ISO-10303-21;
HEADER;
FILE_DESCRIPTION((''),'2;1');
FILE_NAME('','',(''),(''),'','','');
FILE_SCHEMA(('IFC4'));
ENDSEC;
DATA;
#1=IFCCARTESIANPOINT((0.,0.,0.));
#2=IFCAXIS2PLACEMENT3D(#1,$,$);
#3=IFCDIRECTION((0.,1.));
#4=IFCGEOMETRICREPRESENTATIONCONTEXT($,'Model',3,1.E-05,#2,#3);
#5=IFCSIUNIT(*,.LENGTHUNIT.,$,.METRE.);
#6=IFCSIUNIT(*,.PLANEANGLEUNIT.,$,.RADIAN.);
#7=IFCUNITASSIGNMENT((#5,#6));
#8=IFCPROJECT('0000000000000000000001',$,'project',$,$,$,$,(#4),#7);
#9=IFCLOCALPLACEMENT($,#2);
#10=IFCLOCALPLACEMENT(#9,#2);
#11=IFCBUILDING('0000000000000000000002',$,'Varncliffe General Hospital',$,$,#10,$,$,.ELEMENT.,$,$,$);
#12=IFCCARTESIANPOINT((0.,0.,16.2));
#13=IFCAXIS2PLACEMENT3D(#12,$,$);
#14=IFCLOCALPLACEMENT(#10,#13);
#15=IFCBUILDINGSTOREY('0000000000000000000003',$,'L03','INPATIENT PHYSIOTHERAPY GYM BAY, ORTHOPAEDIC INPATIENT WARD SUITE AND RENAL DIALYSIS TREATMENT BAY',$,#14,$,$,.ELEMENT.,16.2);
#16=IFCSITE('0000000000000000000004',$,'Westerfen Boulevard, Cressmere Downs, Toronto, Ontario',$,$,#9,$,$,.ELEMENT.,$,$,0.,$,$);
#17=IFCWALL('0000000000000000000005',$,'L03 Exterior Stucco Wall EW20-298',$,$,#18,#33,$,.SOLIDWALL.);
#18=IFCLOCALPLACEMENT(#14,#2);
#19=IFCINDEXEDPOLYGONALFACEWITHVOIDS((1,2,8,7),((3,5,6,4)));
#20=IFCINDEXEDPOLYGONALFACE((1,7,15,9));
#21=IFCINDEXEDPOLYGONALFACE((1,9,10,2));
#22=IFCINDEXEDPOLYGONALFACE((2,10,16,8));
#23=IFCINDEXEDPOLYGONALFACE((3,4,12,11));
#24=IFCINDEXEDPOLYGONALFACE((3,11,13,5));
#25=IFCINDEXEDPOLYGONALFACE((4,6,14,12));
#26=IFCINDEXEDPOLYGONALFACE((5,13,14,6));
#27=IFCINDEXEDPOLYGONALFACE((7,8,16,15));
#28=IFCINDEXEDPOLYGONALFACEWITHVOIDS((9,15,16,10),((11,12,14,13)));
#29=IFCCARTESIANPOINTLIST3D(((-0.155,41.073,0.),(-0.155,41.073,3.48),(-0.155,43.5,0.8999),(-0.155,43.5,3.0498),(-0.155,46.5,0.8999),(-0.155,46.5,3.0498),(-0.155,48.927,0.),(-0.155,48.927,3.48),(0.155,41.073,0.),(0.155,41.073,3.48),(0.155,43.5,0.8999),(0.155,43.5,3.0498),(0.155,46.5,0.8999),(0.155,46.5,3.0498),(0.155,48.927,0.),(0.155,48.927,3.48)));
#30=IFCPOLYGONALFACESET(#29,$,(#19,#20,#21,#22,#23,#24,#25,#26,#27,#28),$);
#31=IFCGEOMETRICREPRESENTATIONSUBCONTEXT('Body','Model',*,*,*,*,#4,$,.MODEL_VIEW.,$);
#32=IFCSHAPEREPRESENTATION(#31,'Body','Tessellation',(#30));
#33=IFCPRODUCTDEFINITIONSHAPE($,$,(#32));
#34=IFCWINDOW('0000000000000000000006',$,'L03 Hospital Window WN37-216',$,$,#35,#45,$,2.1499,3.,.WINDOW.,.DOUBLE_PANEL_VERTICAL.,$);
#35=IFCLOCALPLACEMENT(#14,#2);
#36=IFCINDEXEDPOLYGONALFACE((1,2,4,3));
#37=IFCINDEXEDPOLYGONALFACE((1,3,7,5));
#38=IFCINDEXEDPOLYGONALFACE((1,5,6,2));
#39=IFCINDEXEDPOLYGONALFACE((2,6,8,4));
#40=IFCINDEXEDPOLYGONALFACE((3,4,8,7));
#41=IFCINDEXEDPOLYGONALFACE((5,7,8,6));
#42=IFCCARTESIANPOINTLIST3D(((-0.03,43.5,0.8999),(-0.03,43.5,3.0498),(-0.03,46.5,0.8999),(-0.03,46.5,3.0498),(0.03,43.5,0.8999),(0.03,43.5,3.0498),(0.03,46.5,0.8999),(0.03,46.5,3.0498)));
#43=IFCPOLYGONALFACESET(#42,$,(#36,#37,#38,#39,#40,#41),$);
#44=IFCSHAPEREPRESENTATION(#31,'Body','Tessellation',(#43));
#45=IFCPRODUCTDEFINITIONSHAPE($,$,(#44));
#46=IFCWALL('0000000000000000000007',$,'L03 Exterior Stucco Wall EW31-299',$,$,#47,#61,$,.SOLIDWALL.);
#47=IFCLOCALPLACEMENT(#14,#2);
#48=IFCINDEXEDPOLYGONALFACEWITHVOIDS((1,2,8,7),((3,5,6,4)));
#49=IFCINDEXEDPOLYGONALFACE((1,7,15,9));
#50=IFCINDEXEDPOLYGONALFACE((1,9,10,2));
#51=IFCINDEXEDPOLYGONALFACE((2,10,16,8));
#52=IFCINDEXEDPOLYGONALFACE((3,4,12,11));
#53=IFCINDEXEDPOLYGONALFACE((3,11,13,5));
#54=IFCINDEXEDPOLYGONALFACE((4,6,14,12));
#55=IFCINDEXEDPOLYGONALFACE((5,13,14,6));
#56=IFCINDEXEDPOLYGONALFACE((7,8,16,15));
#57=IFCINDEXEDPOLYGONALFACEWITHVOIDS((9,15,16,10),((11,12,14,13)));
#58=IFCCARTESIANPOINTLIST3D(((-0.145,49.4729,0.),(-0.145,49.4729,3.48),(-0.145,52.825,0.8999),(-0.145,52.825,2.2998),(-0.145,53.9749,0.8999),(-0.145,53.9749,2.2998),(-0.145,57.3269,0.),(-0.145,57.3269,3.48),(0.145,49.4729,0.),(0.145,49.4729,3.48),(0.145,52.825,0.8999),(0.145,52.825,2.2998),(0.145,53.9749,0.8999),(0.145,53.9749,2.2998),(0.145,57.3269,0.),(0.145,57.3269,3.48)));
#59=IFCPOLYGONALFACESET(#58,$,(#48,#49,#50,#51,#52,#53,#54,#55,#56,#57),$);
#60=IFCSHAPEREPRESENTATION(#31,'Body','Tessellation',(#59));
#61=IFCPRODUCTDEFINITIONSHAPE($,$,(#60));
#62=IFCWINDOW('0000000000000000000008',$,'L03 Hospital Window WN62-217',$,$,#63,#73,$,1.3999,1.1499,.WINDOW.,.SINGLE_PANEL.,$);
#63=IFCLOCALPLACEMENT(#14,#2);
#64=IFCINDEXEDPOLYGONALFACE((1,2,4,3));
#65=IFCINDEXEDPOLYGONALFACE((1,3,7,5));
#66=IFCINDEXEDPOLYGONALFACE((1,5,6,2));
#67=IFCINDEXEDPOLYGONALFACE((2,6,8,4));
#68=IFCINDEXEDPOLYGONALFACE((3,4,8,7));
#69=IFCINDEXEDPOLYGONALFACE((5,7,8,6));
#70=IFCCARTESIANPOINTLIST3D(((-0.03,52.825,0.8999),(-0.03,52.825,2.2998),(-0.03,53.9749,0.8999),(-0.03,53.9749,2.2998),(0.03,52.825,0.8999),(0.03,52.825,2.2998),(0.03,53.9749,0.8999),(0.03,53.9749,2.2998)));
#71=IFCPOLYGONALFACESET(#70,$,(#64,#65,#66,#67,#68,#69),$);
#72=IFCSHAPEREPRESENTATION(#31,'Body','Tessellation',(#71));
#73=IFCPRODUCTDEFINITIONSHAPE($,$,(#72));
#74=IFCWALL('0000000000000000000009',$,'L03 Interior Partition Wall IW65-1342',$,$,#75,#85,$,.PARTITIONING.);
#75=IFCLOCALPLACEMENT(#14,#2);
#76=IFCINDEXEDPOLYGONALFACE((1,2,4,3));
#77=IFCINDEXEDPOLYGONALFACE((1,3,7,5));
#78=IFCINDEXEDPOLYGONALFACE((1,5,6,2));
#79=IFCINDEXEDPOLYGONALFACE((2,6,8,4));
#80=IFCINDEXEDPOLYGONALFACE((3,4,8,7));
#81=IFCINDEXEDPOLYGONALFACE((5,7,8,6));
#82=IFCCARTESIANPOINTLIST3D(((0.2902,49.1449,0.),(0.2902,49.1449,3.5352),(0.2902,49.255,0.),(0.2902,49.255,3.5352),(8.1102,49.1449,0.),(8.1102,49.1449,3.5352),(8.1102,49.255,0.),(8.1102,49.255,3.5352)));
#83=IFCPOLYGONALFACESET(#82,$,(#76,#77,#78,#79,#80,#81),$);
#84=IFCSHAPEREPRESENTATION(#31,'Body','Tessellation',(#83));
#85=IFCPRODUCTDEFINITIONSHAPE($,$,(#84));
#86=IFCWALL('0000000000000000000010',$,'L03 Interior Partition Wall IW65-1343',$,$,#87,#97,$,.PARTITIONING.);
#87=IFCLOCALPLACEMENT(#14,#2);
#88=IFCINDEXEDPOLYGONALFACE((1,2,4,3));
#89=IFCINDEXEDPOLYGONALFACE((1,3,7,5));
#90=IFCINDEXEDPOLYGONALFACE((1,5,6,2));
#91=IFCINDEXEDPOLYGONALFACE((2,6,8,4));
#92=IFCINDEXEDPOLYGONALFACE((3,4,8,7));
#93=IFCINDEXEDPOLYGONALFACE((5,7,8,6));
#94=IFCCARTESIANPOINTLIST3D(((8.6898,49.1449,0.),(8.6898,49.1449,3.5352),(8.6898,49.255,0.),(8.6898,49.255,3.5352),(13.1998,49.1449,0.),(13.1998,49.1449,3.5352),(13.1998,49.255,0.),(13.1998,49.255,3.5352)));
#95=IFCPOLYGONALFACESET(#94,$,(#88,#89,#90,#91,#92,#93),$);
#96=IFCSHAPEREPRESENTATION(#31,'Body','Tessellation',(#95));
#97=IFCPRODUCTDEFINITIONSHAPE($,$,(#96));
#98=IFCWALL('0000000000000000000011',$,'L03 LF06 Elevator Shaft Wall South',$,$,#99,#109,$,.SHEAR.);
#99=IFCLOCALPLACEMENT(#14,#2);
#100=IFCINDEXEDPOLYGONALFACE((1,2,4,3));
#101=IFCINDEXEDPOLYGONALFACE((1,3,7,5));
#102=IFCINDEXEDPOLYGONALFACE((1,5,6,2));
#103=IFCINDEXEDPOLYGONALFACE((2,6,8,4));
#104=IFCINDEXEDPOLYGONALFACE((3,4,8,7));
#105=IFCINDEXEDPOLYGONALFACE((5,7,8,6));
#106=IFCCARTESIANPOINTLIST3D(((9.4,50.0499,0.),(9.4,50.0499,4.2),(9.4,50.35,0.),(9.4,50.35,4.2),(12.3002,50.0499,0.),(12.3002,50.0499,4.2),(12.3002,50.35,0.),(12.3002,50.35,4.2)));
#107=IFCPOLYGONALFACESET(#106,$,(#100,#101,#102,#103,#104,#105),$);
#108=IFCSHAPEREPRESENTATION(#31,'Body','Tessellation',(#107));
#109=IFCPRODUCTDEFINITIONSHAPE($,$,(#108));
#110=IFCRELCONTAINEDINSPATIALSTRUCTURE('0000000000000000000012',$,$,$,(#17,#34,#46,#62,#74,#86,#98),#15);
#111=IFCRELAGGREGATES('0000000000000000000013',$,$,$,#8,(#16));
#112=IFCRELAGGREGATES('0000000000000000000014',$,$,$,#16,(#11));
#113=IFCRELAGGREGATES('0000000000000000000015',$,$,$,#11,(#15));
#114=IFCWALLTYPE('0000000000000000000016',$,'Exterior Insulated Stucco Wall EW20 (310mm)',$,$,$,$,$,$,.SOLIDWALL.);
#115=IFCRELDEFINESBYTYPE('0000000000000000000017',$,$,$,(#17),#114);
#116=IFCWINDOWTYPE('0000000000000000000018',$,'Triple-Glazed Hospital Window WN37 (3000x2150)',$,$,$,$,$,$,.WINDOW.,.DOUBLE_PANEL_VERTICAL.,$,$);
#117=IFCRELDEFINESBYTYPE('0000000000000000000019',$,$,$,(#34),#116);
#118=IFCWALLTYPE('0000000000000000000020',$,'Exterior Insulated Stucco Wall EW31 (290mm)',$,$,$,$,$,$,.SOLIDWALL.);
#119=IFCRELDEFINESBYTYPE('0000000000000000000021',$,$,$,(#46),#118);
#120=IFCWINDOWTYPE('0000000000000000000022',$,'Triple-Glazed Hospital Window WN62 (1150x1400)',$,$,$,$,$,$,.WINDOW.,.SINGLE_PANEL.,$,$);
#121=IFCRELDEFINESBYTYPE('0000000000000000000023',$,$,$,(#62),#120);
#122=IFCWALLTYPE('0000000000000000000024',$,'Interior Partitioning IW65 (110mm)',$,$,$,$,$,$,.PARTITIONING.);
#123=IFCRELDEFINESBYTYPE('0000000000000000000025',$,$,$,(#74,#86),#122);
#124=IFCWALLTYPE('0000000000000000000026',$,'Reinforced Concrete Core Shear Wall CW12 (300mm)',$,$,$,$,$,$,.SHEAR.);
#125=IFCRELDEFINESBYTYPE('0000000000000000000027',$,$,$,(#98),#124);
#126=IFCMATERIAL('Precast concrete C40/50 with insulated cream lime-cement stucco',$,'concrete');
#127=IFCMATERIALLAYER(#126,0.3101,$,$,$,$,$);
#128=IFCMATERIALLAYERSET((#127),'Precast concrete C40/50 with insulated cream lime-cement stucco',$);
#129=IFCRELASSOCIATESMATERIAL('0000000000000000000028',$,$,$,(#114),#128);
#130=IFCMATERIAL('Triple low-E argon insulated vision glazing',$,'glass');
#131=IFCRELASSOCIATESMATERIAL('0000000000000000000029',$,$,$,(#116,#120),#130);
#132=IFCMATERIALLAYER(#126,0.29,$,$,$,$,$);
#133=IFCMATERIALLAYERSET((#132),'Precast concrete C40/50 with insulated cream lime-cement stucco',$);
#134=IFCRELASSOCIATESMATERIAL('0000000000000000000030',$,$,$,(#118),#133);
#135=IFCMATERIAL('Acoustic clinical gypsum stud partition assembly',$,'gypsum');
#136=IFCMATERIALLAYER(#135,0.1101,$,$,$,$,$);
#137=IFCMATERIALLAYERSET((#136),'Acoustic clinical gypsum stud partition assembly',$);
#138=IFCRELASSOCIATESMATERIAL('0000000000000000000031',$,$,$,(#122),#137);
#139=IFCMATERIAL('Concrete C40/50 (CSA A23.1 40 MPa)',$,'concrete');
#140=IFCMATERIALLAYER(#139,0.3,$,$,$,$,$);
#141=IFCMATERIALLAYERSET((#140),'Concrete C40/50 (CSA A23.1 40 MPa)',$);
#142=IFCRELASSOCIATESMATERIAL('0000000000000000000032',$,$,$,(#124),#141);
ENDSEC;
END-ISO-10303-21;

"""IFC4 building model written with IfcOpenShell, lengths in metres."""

from ifc_helpers import new_model, si_unit, direction, frame, frame_2d, origin, place, context, subcontext, project, spatial, rectangle, extrude, material, layer, layer_set, type_object, element, fill, save


model = new_model("IFC4")

# Units and contexts
model_context = context("Model", 3, precision=1e-05, world=origin(), true_north=direction((0.0, 1.0)))
body_context = subcontext(model_context, "Body", "Model", "MODEL_VIEW")
ifc_project = project(units=[si_unit("LENGTHUNIT", "METRE"), si_unit("PLANEANGLEUNIT", "RADIAN")], contexts=[model_context])

# Site, building, storey
site_placement = place(None, origin())
site = spatial("IfcSite", under=ifc_project, at=site_placement, Name="Westerfen Boulevard, Cressmere Downs, Toronto, Ontario", CompositionType="ELEMENT", RefElevation=0.0)
building_placement = place(site_placement, origin())
building = spatial("IfcBuilding", under=site, at=building_placement, Name="Varncliffe General Hospital", CompositionType="ELEMENT")
storey_placement = place(building_placement, frame((0.0, 0.0, 16.2)))
storey = spatial("IfcBuildingStorey", under=building, at=storey_placement, Name="L03", Description="INPATIENT PHYSIOTHERAPY GYM BAY, ORTHOPAEDIC INPATIENT WARD SUITE AND RENAL DIALYSIS TREATMENT BAY", CompositionType="ELEMENT", Elevation=16.2)

# Shared definitions
ifc_material_1 = material(Name="Concrete C40/50 (CSA A23.1 40 MPa)", Category="concrete")

# Walls, openings, windows
ifc_material_2 = material(Name="Precast concrete C40/50 with insulated cream lime-cement stucco", Category="concrete")
ifc_layer_1 = layer(ifc_material_2, 0.3101)
ifc_layer_set_1 = layer_set([ifc_layer_1], Name="Precast concrete C40/50 with insulated cream lime-cement stucco")
wall_type_1 = type_object("IfcWallType", Name="Exterior Insulated Stucco Wall EW20 (310mm)", PredefinedType="SOLIDWALL", material=ifc_layer_set_1)
wall_1_placement = place(storey_placement, frame((0.0, 41.073, 0.0), z_axis=(0.0, 0.0, 1.0), x_axis=(0.0, 1.0, 0.0)))
wall_1 = element("IfcWall", 1, at=wall_1_placement, inside=storey, type_object=wall_type_1, Name="L03 Exterior Stucco Wall EW20-298", PredefinedType="SOLIDWALL", context=body_context, shape_type="SweptSolid", body=[
    extrude(rectangle(XDim=7.854, YDim=0.3101, at=frame_2d((3.927, 0.0))), origin(), (0.0, 0.0, 1.0), 3.48),
])
opening_1_placement = place(wall_1_placement, frame((2.427, 0.0, 0.8999)))
opening_1 = element("IfcOpeningElement", 2, at=opening_1_placement, cuts=wall_1, PredefinedType="OPENING", context=body_context, shape_type="SweptSolid", body=[
    extrude(rectangle(XDim=3.0, YDim=2.1499, at=frame_2d((1.5, 1.075))), frame((0.0, 0.165, 0.0), z_axis=(0.0, -1.0, 0.0), x_axis=(1.0, 0.0, 0.0)), (0.0, 0.0, 1.0), 0.3301),
])
ifc_material_3 = material(Name="Triple low-E argon insulated vision glazing", Category="glass")
window_type_1 = type_object("IfcWindowType", Name="Triple-Glazed Hospital Window WN37 (3000x2150)", PartitioningType="DOUBLE_PANEL_VERTICAL", PredefinedType="WINDOW", material=ifc_material_3)
window_1_placement = place(opening_1_placement, origin())
window_1 = element("IfcWindow", 3, at=window_1_placement, inside=storey, type_object=window_type_1, Name="L03 Hospital Window WN37-216", OverallHeight=2.1499, OverallWidth=3.0, PartitioningType="DOUBLE_PANEL_VERTICAL", PredefinedType="WINDOW", context=body_context, shape_type="SweptSolid", body=[
    extrude(rectangle(XDim=3.0, YDim=2.1499, at=frame_2d((1.5, 1.075))), frame((0.0, 0.03, 0.0), z_axis=(0.0, -1.0, 0.0), x_axis=(1.0, 0.0, 0.0)), (0.0, 0.0, 1.0), 0.0601),
])
fill(opening_1, window_1)
ifc_layer_2 = layer(ifc_material_2, 0.29)
ifc_layer_set_2 = layer_set([ifc_layer_2], Name="Precast concrete C40/50 with insulated cream lime-cement stucco")
wall_type_2 = type_object("IfcWallType", Name="Exterior Insulated Stucco Wall EW31 (290mm)", PredefinedType="SOLIDWALL", material=ifc_layer_set_2)
wall_2_placement = place(storey_placement, frame((0.0, 49.4729, 0.0), z_axis=(0.0, 0.0, 1.0), x_axis=(0.0, 1.0, 0.0)))
wall_2 = element("IfcWall", 4, at=wall_2_placement, inside=storey, type_object=wall_type_2, Name="L03 Exterior Stucco Wall EW31-299", PredefinedType="SOLIDWALL", context=body_context, shape_type="SweptSolid", body=[
    extrude(rectangle(XDim=7.854, YDim=0.29, at=frame_2d((3.927, 0.0))), origin(), (0.0, 0.0, 1.0), 3.48),
])
opening_2_placement = place(wall_2_placement, frame((3.3521, 0.0, 0.8999)))
opening_2 = element("IfcOpeningElement", 5, at=opening_2_placement, cuts=wall_2, PredefinedType="OPENING", context=body_context, shape_type="SweptSolid", body=[
    extrude(rectangle(XDim=1.1499, YDim=1.3999, at=frame_2d((0.575, 0.7))), frame((0.0, 0.155, 0.0), z_axis=(0.0, -1.0, 0.0), x_axis=(1.0, 0.0, 0.0)), (0.0, 0.0, 1.0), 0.3101),
])
window_type_2 = type_object("IfcWindowType", Name="Triple-Glazed Hospital Window WN62 (1150x1400)", PartitioningType="SINGLE_PANEL", PredefinedType="WINDOW", material=ifc_material_3)
window_2_placement = place(opening_2_placement, origin())
window_2 = element("IfcWindow", 6, at=window_2_placement, inside=storey, type_object=window_type_2, Name="L03 Hospital Window WN62-217", OverallHeight=1.3999, OverallWidth=1.1499, PartitioningType="SINGLE_PANEL", PredefinedType="WINDOW", context=body_context, shape_type="SweptSolid", body=[
    extrude(rectangle(XDim=1.1499, YDim=1.3999, at=frame_2d((0.575, 0.7))), frame((0.0, 0.03, 0.0), z_axis=(0.0, -1.0, 0.0), x_axis=(1.0, 0.0, 0.0)), (0.0, 0.0, 1.0), 0.0601),
])
fill(opening_2, window_2)

# Walls
ifc_material_4 = material(Name="Acoustic clinical gypsum stud partition assembly", Category="gypsum")
ifc_layer_3 = layer(ifc_material_4, 0.1101)
ifc_layer_set_3 = layer_set([ifc_layer_3], Name="Acoustic clinical gypsum stud partition assembly")
wall_type_3 = type_object("IfcWallType", Name="Interior Partitioning IW65 (110mm)", PredefinedType="PARTITIONING", material=ifc_layer_set_3)
wall_3_placement = place(storey_placement, frame((0.29, 49.2, 0.0), z_axis=(0.0, 0.0, 1.0), x_axis=(1.0, 0.0, 0.0)))
element("IfcWall", 7, at=wall_3_placement, inside=storey, type_object=wall_type_3, Name="L03 Interior Partition Wall IW65-1342", PredefinedType="PARTITIONING", context=body_context, shape_type="SweptSolid", body=[
    extrude(rectangle(XDim=7.8201, YDim=0.1101, at=frame_2d((3.9102, 0.0))), origin(), (0.0, 0.0, 1.0), 3.5352),
])
wall_4_placement = place(storey_placement, frame((8.6899, 49.2, 0.0), z_axis=(0.0, 0.0, 1.0), x_axis=(1.0, 0.0, 0.0)))
element("IfcWall", 8, at=wall_4_placement, inside=storey, type_object=wall_type_3, Name="L03 Interior Partition Wall IW65-1343", PredefinedType="PARTITIONING", context=body_context, shape_type="SweptSolid", body=[
    extrude(rectangle(XDim=4.51, YDim=0.1101, at=frame_2d((2.2549, 0.0))), origin(), (0.0, 0.0, 1.0), 3.5352),
])
ifc_layer_4 = layer(ifc_material_1, 0.3)
ifc_layer_set_4 = layer_set([ifc_layer_4], Name="Concrete C40/50 (CSA A23.1 40 MPa)")
wall_type_4 = type_object("IfcWallType", Name="Reinforced Concrete Core Shear Wall CW12 (300mm)", PredefinedType="SHEAR", material=ifc_layer_set_4)
wall_5_placement = place(storey_placement, frame((9.3999, 50.2, 0.0), z_axis=(0.0, 0.0, 1.0), x_axis=(1.0, 0.0, 0.0)))
element("IfcWall", 9, at=wall_5_placement, inside=storey, type_object=wall_type_4, Name="L03 LF06 Elevator Shaft Wall South", PredefinedType="SHEAR", context=body_context, shape_type="SweptSolid", body=[
    extrude(rectangle(XDim=2.9001, YDim=0.3, at=frame_2d((1.4502, 0.0))), origin(), (0.0, 0.0, 1.0), 4.2),
])

save(model, "model.ifc")
